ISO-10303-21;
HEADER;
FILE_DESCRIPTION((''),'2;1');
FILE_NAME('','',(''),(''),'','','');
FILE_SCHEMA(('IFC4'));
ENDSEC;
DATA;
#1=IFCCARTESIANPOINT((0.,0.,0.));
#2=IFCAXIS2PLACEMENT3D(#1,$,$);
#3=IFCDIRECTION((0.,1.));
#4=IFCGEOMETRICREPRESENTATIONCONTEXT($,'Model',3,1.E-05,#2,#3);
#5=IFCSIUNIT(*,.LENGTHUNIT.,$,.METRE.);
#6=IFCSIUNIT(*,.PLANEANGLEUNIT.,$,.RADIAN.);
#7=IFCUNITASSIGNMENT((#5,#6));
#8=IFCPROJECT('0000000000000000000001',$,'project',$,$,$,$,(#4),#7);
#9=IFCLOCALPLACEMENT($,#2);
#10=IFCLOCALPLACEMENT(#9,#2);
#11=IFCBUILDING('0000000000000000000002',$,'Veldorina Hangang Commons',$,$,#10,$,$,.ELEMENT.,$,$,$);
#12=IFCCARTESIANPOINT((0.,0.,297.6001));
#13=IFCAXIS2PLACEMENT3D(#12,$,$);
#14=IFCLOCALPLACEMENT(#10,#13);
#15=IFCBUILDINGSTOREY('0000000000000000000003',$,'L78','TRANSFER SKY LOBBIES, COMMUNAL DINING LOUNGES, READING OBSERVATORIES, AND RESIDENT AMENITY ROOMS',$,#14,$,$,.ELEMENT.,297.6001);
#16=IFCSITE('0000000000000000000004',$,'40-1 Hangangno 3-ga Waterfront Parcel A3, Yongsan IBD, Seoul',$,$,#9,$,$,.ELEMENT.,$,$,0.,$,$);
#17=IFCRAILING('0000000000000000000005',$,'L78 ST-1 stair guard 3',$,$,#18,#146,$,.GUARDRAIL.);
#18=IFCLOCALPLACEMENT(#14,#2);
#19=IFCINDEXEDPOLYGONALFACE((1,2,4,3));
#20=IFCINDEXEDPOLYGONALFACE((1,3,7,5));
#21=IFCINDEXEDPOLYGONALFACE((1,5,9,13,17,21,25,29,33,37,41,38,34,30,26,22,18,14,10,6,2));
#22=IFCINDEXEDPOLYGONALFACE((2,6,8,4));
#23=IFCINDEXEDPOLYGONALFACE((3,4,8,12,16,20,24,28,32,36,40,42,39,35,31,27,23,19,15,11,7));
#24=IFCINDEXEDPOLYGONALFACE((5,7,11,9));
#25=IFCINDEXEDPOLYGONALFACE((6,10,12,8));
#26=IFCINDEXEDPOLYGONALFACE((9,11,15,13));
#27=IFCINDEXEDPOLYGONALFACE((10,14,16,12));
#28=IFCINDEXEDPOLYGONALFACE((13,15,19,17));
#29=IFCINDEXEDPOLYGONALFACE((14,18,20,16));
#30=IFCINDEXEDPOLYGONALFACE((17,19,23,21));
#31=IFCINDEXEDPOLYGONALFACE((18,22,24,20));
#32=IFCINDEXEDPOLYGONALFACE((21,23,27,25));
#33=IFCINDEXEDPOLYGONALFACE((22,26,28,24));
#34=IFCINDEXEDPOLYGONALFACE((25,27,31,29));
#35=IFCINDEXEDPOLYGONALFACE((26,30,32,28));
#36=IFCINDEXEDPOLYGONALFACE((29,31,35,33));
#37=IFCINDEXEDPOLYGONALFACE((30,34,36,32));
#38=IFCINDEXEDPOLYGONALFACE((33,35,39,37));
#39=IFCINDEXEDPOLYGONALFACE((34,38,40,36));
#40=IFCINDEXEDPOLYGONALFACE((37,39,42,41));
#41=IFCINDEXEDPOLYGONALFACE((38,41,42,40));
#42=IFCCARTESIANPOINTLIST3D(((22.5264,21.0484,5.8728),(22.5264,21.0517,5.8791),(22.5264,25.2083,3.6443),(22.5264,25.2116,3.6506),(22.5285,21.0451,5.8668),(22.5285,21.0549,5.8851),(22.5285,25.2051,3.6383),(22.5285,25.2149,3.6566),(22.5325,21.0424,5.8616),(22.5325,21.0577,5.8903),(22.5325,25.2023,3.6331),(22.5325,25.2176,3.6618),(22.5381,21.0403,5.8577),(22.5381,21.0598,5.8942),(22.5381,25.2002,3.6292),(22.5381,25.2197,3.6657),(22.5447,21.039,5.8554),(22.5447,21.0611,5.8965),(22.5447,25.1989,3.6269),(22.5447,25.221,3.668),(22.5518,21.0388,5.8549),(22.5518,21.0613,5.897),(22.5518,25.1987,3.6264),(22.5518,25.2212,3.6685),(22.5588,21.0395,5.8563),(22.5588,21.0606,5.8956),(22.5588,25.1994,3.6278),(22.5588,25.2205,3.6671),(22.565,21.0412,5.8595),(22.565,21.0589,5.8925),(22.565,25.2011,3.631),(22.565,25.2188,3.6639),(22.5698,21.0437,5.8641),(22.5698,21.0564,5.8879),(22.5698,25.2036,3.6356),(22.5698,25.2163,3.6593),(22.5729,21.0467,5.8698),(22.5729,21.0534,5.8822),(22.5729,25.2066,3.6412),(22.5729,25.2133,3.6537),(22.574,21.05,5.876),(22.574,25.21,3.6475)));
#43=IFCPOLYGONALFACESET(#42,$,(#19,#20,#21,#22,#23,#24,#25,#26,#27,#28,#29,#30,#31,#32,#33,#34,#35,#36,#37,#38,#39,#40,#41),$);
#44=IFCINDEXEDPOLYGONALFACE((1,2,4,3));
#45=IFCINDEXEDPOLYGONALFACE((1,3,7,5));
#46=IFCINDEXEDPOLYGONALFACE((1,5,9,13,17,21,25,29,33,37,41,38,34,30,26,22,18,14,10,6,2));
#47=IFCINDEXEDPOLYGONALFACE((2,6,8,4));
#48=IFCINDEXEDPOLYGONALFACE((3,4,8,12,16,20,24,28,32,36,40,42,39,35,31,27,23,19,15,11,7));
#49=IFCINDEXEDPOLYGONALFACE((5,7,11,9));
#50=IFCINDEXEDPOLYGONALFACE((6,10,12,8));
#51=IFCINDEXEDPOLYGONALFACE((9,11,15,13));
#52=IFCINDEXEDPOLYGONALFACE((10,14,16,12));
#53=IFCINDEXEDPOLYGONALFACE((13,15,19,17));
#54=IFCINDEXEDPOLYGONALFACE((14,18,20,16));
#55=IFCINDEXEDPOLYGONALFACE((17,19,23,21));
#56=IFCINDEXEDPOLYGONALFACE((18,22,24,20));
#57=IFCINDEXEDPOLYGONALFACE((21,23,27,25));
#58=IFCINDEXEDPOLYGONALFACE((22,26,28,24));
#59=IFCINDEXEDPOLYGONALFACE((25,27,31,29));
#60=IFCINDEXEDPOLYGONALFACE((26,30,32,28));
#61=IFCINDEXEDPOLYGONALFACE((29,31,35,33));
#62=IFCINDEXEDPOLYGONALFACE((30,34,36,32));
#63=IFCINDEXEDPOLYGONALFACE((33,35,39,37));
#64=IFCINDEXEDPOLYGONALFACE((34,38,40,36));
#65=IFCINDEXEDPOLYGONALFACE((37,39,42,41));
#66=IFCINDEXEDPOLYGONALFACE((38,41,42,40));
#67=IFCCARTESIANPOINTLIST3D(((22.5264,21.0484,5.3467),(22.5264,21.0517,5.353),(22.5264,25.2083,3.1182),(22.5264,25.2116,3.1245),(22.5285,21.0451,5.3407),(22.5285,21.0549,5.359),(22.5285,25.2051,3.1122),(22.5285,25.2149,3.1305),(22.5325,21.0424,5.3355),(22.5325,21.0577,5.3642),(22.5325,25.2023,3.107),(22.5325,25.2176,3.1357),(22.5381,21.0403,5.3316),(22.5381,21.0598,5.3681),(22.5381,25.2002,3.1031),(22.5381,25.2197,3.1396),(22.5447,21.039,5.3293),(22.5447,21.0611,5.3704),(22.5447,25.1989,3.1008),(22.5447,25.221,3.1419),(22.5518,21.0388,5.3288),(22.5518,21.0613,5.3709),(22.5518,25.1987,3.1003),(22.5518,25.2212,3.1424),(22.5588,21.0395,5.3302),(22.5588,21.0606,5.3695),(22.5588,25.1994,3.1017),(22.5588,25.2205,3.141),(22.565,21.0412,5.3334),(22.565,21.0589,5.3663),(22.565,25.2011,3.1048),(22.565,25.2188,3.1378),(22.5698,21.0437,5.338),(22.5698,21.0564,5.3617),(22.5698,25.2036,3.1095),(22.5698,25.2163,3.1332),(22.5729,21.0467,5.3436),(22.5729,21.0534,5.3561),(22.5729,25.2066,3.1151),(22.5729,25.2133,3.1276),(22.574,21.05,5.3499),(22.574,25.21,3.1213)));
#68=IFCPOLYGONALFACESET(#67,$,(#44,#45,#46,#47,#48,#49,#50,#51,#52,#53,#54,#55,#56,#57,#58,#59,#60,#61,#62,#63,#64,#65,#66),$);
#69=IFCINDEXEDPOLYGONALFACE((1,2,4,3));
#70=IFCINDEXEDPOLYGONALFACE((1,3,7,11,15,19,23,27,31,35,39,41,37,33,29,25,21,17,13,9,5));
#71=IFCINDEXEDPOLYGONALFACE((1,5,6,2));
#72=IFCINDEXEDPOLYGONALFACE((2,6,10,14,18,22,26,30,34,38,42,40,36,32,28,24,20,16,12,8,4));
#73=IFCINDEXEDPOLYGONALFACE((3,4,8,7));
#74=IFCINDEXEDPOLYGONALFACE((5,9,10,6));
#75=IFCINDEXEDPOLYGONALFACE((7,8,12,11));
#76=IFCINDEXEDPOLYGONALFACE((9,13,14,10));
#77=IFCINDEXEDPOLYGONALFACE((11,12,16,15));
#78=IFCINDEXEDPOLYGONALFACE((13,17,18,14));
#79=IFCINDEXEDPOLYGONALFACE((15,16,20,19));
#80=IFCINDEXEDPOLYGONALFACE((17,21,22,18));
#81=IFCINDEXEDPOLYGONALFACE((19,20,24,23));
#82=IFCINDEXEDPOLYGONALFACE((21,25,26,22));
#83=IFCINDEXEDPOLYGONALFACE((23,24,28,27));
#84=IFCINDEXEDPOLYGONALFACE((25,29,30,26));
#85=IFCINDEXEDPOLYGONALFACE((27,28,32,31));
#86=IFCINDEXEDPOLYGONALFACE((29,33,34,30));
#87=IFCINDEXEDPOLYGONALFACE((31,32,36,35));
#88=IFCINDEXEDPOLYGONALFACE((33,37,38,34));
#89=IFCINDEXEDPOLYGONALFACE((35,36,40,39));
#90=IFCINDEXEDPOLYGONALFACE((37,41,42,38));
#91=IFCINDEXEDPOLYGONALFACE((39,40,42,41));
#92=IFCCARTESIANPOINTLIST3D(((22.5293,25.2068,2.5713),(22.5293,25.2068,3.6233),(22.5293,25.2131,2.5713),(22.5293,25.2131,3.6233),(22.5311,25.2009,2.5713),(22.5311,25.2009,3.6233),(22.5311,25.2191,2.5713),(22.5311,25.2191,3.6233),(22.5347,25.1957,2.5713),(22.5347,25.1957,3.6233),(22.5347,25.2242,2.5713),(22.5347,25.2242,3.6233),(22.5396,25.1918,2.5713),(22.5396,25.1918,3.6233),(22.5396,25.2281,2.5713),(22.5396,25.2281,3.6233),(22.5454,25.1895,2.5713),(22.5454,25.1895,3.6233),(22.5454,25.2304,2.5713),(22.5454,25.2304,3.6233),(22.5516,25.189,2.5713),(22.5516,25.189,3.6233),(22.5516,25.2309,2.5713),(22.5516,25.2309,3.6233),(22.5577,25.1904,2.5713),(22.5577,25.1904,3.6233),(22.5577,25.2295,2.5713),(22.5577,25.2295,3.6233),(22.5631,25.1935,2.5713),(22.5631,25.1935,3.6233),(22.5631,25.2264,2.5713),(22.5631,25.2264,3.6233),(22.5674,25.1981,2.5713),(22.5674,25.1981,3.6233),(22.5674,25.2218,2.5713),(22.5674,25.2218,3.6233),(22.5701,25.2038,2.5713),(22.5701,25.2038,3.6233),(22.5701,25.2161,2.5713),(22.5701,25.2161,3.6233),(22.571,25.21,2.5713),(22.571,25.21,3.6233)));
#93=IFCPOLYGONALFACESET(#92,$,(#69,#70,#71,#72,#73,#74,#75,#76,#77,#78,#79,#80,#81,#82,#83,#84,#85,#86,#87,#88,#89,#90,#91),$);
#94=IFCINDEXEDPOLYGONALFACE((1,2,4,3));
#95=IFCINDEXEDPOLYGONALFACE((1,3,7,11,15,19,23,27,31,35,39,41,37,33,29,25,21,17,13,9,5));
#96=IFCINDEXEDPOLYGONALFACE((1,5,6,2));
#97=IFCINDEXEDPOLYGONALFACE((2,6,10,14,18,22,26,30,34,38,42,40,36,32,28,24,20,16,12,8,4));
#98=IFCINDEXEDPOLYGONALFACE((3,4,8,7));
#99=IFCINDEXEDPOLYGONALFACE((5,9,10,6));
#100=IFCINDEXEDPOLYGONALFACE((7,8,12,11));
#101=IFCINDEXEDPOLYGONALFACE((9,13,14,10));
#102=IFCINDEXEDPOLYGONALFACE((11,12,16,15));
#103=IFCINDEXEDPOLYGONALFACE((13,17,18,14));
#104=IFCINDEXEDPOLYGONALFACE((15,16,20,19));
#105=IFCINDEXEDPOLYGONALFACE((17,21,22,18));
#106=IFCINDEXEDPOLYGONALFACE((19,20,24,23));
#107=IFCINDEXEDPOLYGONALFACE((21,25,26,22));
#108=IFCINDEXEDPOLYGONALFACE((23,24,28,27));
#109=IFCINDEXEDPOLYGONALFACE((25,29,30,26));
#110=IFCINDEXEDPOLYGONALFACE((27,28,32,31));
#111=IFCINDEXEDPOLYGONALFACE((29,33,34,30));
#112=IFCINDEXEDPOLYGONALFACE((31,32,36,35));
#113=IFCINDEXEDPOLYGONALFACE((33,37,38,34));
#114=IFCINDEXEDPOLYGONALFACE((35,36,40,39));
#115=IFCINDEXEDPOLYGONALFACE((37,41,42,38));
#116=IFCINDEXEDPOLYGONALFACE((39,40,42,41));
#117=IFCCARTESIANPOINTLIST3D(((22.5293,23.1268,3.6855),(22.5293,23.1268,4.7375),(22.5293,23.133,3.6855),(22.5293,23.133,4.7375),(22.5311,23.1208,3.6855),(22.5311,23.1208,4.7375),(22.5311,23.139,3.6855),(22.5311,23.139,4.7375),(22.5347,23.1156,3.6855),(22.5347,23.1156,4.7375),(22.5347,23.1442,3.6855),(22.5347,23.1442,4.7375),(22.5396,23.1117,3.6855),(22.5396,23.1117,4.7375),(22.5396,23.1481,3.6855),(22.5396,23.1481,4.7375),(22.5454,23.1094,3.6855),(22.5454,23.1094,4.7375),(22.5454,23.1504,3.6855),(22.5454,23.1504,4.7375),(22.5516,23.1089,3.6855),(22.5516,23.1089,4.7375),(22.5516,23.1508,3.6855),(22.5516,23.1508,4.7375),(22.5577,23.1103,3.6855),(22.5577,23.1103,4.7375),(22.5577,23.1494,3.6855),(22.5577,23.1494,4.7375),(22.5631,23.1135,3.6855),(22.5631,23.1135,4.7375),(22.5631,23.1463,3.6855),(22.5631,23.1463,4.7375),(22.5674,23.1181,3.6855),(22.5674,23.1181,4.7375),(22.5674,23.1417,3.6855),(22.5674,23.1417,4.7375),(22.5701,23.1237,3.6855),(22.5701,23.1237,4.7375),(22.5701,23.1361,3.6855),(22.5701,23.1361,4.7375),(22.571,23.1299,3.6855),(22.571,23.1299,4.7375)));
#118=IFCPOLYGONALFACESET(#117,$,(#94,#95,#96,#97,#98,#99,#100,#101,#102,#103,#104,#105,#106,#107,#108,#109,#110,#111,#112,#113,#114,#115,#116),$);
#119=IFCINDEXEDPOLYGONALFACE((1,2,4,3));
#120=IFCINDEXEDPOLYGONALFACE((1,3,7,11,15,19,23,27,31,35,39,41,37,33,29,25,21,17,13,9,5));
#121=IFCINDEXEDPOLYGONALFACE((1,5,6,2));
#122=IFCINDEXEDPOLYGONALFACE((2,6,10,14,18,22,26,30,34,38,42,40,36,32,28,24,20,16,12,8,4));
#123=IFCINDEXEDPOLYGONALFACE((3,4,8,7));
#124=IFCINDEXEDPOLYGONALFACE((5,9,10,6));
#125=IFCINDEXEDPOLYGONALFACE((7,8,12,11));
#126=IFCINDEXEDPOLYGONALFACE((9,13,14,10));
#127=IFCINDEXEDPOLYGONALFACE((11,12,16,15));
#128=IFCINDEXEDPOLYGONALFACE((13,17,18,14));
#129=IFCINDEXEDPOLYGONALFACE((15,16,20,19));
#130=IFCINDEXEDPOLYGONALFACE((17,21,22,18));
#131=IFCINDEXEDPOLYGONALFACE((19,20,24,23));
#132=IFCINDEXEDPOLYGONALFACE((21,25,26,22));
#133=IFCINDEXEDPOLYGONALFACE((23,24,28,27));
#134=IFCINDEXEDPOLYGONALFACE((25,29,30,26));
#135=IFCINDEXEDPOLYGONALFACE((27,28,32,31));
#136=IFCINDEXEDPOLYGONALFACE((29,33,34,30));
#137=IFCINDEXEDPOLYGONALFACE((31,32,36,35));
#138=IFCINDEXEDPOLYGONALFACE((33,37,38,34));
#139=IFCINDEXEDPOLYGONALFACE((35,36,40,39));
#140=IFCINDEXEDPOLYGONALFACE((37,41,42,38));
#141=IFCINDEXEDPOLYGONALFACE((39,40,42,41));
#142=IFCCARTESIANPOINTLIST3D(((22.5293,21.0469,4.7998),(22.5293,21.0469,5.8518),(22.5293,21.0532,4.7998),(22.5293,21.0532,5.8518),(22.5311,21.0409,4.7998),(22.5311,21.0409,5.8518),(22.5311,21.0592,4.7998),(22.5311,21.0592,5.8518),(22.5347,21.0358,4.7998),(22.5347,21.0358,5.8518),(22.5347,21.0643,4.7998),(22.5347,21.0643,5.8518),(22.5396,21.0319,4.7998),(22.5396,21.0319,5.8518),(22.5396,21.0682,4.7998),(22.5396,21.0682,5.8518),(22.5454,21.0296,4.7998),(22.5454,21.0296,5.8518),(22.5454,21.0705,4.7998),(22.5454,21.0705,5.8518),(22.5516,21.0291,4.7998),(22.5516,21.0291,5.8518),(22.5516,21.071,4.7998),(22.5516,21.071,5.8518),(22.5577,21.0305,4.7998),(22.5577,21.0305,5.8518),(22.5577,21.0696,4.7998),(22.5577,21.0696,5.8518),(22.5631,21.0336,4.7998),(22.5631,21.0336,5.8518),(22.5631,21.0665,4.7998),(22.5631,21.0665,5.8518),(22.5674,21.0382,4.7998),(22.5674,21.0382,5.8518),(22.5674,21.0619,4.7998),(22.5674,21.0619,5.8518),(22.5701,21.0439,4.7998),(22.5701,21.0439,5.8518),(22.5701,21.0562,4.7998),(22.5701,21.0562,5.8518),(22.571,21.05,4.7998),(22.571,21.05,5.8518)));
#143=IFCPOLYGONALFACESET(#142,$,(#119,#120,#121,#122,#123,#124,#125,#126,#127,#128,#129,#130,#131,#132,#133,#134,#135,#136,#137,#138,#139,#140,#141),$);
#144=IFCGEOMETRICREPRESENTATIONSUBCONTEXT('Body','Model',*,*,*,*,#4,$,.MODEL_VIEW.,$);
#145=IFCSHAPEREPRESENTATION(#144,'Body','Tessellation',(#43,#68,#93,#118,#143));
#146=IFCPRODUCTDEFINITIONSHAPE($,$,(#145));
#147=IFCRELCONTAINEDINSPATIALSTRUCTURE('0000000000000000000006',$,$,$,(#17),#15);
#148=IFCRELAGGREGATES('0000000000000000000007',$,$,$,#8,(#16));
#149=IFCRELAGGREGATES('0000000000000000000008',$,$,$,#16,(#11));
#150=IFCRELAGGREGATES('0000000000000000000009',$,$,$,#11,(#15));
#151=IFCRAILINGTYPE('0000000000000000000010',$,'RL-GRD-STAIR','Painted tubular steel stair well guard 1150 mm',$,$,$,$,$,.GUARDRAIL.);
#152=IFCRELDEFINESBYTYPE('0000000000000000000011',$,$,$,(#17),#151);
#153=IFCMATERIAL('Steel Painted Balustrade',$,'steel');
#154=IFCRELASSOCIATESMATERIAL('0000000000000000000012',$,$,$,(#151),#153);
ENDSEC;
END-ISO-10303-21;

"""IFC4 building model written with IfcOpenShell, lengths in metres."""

from ifc_helpers import new_model, si_unit, direction, frame, origin, origin_2d, place, context, subcontext, project, spatial, circle, extrude, material, type_object, element, save


model = new_model("IFC4")

# Units and contexts
model_context = context("Model", 3, precision=1e-05, world=origin(), true_north=direction((0.0, 1.0)))
body_context = subcontext(model_context, "Body", "Model", "MODEL_VIEW")
ifc_project = project(units=[si_unit("LENGTHUNIT", "METRE"), si_unit("PLANEANGLEUNIT", "RADIAN")], contexts=[model_context])

# Site, building, storey
site_placement = place(None, origin())
site = spatial("IfcSite", under=ifc_project, at=site_placement, Name="40-1 Hangangno 3-ga Waterfront Parcel A3, Yongsan IBD, Seoul", CompositionType="ELEMENT", RefElevation=0.0)
building_placement = place(site_placement, origin())
building = spatial("IfcBuilding", under=site, at=building_placement, Name="Veldorina Hangang Commons", CompositionType="ELEMENT")
storey_placement = place(building_placement, frame((0.0, 0.0, 297.6001)))
storey = spatial("IfcBuildingStorey", under=building, at=storey_placement, Name="L78", Description="TRANSFER SKY LOBBIES, COMMUNAL DINING LOUNGES, READING OBSERVATORIES, AND RESIDENT AMENITY ROOMS", CompositionType="ELEMENT", Elevation=297.6001)

# Railing
ifc_material_1 = material(Name="Steel Painted Balustrade", Category="steel")
railing_type = type_object("IfcRailingType", Name="RL-GRD-STAIR", Description="Painted tubular steel stair well guard 1150 mm", PredefinedType="GUARDRAIL", material=ifc_material_1)
railing_1_placement = place(storey_placement, frame((22.55, 25.21, 2.5713)))
element("IfcRailing", 1, at=railing_1_placement, inside=storey, type_object=railing_type, Name="L78 ST-1 stair guard 3", PredefinedType="GUARDRAIL", context=body_context, shape_type="SweptSolid", body=[
    extrude(circle(Radius=0.0239, at=origin_2d()), frame((0.0, 0.0, 1.0762), z_axis=(0.0, -0.881481, 0.47222), x_axis=(1.0, 0.0, 0.0)), (0.0, 0.0, 1.0), 4.7192),
    extrude(circle(Radius=0.0239, at=origin_2d()), frame((0.0, 0.0, 0.55), z_axis=(0.0, -0.881481, 0.47222), x_axis=(1.0, 0.0, 0.0)), (0.0, 0.0, 1.0), 4.7192),
    extrude(circle(Radius=0.021, at=origin_2d()), origin(), (0.0, 0.0, 1.0), 1.052),
    extrude(circle(Radius=0.021, at=origin_2d()), frame((0.0, -2.0801, 1.1143)), (0.0, 0.0, 1.0), 1.052),
    extrude(circle(Radius=0.021, at=origin_2d()), frame((0.0, -4.1599, 2.2285)), (0.0, 0.0, 1.0), 1.052),
])

save(model, "model.ifc")
